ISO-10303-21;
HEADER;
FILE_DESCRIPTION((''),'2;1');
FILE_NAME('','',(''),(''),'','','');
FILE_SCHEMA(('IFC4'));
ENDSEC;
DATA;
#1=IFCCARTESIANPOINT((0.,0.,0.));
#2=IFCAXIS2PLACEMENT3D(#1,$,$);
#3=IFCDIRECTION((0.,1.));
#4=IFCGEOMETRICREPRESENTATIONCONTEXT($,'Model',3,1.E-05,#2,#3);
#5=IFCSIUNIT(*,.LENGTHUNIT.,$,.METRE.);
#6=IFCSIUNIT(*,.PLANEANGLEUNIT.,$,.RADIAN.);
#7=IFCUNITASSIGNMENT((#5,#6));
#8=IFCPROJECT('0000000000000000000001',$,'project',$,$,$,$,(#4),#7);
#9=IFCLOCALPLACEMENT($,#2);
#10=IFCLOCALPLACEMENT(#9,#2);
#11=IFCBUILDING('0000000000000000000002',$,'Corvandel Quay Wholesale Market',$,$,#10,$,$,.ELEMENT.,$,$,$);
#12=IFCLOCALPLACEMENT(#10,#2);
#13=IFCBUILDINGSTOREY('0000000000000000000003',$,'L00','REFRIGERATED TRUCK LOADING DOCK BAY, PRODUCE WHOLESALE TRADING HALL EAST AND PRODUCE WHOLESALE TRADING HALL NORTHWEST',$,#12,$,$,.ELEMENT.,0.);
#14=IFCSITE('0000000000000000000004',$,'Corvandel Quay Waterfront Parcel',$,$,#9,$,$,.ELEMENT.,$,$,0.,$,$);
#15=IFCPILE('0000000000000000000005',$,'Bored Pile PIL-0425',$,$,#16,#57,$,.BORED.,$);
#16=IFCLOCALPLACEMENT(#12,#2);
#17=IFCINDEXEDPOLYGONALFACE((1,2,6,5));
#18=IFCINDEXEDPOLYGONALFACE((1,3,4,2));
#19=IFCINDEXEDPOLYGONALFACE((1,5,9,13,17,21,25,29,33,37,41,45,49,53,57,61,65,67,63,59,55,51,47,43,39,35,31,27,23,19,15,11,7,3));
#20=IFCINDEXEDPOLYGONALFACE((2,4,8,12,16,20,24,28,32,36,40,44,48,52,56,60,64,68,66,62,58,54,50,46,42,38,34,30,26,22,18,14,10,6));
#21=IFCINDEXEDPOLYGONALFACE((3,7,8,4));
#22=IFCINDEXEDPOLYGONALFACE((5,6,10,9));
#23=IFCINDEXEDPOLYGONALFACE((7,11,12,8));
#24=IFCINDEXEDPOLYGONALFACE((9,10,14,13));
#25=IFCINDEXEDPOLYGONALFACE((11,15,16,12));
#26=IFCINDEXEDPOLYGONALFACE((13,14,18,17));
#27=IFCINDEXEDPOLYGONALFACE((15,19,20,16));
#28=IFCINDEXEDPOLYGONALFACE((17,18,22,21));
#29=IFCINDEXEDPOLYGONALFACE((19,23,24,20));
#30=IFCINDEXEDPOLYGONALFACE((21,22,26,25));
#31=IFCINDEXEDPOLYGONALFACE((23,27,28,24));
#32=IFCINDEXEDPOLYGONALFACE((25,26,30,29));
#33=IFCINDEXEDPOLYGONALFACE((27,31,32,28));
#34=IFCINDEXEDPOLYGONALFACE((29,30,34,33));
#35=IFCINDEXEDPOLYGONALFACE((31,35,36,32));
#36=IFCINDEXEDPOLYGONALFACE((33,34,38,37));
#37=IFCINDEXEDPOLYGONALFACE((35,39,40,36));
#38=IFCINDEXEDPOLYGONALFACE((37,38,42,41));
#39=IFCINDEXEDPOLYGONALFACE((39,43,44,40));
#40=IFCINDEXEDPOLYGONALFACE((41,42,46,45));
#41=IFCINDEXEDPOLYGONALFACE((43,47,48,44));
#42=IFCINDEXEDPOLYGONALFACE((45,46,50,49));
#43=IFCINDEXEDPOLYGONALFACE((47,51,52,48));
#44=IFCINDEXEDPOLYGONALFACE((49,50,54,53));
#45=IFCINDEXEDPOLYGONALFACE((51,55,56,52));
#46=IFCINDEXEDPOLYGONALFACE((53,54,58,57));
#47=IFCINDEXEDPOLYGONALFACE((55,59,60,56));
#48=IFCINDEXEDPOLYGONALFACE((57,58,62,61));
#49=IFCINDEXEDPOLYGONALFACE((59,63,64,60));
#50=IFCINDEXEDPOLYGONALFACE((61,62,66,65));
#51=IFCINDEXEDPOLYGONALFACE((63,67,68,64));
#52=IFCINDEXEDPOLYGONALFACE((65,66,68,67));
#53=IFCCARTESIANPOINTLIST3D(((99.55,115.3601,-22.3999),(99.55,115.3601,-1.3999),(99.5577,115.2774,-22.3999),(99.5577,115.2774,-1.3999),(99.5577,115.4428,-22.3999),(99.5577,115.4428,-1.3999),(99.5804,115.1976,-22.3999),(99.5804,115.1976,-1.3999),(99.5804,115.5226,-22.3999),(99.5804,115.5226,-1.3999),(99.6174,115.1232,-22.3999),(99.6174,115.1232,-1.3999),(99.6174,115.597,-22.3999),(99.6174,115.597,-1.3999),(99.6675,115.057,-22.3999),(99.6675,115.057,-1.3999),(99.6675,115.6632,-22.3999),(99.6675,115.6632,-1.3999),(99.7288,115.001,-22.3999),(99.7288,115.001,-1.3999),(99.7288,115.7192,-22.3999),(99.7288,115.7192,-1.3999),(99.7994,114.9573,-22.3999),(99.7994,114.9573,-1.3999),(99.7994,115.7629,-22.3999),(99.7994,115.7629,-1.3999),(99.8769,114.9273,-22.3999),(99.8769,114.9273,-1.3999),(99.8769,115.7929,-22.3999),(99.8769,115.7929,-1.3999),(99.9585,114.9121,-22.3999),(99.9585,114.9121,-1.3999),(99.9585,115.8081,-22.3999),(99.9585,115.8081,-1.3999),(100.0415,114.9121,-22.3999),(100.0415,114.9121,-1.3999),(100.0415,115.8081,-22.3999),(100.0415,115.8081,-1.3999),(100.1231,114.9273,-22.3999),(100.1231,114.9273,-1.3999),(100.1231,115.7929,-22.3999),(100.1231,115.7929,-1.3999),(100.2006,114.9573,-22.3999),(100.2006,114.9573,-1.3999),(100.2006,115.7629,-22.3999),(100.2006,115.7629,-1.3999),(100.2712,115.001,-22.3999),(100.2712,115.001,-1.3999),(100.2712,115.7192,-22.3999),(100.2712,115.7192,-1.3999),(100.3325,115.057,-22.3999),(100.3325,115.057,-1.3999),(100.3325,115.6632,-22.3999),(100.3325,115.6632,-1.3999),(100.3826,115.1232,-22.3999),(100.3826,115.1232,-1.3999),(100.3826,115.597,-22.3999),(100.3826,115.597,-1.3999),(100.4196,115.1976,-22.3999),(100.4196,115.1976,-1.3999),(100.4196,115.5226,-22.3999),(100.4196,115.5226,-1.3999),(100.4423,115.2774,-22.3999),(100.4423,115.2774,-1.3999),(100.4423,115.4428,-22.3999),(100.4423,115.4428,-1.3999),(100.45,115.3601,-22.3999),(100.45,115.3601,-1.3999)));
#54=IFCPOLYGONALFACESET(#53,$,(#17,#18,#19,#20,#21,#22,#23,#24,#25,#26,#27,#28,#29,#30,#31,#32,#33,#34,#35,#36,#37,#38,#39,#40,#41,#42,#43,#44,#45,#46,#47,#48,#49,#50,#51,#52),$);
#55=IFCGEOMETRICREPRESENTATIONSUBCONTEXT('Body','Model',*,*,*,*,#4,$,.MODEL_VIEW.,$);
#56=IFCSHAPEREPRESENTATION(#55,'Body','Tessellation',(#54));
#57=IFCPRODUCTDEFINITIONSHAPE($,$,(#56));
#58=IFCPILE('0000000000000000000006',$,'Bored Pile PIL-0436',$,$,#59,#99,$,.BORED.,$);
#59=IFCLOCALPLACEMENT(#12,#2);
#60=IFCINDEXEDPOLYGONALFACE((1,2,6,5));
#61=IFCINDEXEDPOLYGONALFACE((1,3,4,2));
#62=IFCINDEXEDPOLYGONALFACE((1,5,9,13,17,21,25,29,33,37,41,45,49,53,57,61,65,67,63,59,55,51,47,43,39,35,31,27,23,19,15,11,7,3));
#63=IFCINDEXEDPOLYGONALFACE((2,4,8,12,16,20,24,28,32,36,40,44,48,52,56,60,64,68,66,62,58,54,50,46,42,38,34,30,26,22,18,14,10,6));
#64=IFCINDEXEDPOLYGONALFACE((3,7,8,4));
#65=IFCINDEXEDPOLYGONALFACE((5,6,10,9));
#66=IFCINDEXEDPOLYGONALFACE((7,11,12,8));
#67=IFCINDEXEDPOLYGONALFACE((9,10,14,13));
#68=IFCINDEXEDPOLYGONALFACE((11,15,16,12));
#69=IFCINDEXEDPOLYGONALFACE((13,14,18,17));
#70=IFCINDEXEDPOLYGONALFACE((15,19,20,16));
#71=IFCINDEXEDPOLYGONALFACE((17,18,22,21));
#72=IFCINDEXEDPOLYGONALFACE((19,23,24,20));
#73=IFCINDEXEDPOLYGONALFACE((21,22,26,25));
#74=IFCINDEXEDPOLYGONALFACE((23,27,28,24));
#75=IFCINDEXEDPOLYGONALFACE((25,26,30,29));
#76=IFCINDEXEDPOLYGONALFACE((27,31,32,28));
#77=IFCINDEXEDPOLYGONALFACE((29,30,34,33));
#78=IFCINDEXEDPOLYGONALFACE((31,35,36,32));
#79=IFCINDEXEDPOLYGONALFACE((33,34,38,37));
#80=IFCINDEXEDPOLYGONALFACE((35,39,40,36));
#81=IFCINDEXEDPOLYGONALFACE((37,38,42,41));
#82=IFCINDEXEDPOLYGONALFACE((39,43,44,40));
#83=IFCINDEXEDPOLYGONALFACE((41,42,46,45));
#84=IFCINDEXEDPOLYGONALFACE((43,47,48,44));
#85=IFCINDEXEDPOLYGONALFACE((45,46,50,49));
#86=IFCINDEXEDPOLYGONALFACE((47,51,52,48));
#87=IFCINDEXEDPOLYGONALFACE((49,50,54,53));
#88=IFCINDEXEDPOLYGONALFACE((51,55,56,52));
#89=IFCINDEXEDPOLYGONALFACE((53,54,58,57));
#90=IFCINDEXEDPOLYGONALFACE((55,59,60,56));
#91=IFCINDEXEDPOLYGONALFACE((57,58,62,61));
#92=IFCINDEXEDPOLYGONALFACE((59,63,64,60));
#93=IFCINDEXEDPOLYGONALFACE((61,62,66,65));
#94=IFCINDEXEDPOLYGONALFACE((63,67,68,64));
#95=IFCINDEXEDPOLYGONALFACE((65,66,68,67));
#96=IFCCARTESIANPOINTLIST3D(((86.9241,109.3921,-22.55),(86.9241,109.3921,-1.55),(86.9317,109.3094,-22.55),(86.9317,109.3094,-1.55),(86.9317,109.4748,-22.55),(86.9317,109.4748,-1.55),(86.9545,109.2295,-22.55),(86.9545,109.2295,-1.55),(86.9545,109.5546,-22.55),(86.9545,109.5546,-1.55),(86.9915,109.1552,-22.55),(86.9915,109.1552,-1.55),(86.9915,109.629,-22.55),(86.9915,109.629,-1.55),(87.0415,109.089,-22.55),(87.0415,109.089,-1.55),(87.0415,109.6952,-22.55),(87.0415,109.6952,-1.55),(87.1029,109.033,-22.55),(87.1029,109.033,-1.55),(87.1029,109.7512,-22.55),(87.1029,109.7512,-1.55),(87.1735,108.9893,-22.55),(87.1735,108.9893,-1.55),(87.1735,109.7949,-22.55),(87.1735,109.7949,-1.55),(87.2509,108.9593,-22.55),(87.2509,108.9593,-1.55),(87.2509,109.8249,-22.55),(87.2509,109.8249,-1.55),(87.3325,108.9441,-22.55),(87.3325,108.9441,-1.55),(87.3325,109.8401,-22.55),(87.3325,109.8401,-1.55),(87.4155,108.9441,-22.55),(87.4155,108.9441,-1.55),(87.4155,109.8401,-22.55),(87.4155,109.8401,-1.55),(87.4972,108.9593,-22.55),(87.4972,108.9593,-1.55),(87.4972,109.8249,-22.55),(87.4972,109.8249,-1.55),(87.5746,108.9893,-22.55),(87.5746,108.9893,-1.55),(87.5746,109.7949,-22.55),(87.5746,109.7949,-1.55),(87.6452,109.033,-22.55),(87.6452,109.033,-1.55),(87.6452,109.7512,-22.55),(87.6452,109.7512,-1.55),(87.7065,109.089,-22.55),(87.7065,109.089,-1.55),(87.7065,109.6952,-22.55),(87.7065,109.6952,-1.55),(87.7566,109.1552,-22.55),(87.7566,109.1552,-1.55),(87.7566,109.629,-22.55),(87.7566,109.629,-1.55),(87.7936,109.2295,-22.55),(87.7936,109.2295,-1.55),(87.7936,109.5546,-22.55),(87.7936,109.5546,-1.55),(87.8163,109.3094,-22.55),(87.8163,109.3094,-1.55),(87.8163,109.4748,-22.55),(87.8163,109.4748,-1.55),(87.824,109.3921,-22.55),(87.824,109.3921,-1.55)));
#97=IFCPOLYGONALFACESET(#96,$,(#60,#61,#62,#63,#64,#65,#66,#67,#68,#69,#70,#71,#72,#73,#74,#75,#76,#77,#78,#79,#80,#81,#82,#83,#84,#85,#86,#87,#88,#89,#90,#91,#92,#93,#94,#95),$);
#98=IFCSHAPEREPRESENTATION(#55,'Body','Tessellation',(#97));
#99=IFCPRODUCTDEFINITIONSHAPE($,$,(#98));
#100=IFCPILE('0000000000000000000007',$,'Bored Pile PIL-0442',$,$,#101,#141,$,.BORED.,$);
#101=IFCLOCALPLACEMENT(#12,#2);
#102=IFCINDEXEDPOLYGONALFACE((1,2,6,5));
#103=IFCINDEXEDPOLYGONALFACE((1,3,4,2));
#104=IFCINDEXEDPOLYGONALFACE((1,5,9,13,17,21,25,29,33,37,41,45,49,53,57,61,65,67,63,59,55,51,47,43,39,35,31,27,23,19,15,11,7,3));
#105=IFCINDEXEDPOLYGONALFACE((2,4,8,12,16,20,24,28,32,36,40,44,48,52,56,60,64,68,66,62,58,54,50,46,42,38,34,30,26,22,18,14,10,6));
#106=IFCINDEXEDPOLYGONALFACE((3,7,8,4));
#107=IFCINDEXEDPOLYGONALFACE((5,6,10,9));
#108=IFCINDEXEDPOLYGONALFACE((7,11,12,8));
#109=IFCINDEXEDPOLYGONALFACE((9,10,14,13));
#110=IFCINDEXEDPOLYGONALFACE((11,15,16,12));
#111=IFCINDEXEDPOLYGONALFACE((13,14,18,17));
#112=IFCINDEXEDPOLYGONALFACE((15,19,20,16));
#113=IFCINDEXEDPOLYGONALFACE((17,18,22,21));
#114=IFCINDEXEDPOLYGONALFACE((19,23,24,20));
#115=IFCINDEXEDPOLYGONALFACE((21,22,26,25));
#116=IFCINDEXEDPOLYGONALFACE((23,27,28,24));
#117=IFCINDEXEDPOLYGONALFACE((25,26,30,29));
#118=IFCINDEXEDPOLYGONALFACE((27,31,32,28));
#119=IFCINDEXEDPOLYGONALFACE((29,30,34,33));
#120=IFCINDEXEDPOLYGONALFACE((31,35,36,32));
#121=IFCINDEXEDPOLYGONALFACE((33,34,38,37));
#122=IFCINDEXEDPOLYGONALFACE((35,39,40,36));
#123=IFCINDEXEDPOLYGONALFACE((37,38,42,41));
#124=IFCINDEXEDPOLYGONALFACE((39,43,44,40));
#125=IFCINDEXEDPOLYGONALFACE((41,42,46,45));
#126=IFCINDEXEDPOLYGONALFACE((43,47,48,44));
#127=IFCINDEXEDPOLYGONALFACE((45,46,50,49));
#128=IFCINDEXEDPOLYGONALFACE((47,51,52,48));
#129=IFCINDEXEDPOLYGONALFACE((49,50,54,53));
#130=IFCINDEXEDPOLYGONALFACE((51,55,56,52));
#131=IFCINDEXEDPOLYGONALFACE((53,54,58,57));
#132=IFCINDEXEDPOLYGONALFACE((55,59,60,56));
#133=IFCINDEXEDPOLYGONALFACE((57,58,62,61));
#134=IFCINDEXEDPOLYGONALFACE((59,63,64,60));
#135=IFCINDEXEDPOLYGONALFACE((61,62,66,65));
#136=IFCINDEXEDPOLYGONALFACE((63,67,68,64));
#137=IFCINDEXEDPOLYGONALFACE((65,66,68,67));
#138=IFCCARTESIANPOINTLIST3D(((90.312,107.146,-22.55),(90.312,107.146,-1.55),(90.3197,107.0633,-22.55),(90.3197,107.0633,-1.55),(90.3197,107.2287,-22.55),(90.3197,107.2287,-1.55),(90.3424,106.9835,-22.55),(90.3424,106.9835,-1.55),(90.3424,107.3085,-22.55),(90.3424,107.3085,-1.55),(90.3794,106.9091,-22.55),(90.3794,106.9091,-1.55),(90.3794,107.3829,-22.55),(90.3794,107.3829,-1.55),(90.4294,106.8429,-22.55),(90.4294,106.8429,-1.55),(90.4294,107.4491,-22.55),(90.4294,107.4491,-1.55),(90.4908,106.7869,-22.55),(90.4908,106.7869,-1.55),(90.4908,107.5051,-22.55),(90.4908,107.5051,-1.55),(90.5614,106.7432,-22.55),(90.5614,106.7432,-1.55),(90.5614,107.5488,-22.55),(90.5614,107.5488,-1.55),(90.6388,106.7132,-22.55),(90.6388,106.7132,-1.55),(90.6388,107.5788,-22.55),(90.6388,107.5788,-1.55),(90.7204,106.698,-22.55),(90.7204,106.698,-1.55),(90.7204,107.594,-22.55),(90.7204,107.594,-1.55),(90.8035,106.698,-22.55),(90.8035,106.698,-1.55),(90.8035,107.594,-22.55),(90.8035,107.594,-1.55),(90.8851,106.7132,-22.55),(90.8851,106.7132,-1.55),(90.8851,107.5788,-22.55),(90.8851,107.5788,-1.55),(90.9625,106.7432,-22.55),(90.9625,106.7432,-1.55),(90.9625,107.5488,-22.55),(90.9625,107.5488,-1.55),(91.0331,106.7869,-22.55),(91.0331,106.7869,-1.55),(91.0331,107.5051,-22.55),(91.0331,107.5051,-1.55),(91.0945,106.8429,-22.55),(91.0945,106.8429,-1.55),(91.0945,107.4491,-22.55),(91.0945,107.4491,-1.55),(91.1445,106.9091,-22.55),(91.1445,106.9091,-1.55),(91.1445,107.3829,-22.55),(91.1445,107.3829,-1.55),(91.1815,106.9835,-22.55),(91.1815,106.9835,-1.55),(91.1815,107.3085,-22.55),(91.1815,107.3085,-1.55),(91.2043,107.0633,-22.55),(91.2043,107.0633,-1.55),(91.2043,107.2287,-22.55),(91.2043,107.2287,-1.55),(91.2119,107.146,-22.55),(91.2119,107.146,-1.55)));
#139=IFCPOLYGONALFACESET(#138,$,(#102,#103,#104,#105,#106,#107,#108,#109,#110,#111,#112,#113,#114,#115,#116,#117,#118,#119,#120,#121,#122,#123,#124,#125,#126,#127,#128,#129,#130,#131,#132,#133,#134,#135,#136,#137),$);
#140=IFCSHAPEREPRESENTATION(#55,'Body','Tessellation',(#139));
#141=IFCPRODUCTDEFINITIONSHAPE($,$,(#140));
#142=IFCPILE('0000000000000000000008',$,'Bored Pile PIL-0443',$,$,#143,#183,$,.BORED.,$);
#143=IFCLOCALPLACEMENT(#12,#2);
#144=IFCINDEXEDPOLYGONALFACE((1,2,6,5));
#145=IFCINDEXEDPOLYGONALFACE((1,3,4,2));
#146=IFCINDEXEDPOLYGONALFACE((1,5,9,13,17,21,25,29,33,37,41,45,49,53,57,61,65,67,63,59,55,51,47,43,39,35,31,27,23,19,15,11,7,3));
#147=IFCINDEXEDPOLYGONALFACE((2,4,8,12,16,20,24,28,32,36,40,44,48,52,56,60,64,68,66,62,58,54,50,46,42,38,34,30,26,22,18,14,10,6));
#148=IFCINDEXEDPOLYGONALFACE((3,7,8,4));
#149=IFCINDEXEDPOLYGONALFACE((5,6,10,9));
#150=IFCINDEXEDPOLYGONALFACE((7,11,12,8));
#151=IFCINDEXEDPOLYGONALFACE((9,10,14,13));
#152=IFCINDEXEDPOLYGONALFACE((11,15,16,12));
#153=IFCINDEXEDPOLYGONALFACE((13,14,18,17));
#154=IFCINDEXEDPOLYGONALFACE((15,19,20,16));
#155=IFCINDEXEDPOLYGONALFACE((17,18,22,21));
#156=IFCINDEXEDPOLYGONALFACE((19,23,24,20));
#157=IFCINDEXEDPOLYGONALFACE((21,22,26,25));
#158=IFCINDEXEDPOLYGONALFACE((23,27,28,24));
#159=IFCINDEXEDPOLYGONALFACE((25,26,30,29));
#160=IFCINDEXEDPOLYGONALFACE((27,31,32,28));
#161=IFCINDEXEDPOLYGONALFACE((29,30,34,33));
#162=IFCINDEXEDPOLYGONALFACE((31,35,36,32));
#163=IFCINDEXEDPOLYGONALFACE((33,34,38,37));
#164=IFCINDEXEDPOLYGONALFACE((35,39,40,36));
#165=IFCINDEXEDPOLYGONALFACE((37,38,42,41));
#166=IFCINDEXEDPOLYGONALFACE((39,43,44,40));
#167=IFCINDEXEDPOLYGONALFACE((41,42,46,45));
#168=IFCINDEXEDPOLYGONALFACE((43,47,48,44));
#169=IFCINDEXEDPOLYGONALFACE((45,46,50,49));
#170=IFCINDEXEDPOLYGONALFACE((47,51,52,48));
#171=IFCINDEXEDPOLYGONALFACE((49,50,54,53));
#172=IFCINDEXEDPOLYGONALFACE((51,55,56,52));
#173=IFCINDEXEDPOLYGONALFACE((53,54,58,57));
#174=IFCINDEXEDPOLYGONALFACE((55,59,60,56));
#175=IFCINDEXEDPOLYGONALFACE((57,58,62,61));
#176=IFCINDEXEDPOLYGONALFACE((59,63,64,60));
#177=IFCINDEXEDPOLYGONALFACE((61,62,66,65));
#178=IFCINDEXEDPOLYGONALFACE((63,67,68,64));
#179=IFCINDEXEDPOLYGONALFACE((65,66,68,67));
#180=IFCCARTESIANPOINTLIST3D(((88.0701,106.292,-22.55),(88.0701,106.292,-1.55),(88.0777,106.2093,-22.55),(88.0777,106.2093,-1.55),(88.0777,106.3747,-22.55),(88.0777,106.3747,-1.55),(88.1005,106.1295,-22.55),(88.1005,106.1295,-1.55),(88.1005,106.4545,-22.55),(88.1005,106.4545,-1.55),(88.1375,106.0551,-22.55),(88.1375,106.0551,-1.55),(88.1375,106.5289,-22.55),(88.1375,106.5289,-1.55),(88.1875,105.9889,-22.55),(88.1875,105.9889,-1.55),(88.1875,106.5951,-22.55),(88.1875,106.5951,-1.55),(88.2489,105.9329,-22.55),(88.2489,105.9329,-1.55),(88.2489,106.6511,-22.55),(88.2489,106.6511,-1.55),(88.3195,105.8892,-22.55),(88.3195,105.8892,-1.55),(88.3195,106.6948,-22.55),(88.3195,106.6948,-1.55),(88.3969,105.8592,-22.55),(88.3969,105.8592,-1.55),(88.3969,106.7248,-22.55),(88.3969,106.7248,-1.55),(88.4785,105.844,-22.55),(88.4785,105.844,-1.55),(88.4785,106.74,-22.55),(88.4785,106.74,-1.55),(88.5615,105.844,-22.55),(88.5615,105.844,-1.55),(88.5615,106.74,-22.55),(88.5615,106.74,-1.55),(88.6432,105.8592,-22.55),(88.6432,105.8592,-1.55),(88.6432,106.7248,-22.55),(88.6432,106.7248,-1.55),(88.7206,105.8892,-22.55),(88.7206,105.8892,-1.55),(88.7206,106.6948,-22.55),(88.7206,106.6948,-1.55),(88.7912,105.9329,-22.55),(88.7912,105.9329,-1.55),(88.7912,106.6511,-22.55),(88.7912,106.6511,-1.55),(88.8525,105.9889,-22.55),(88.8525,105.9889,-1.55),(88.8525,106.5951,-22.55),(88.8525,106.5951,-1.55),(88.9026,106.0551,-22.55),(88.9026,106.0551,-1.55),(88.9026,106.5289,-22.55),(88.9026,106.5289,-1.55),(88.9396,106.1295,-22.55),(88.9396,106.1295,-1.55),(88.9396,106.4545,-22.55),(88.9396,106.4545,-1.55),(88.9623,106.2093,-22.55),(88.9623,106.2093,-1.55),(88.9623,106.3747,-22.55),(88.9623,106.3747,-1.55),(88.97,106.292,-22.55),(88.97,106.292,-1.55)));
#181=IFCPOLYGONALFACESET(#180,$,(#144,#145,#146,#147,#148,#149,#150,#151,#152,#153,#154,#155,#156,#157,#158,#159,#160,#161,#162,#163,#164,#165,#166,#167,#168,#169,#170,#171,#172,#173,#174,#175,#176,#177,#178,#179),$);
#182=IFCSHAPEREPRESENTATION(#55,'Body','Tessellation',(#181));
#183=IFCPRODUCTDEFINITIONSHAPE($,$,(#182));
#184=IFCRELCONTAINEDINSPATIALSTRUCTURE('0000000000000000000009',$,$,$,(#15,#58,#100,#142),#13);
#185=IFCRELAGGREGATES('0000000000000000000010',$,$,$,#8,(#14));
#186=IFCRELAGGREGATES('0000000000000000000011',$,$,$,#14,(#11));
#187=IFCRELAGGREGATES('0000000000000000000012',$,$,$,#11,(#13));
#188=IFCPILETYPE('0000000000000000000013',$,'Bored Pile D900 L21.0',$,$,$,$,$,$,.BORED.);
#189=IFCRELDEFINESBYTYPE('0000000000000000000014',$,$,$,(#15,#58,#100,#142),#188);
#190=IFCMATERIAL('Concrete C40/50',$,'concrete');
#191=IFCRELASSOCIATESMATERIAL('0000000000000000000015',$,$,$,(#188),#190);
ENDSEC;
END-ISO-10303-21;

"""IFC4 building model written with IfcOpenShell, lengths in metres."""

from ifc_helpers import new_model, si_unit, direction, frame, origin, origin_2d, place, context, subcontext, project, spatial, circle, extrude, material, material_profile, profile_set, type_object, element, save


model = new_model("IFC4")

# Units and contexts
model_context = context("Model", 3, precision=1e-05, world=origin(), true_north=direction((0.0, 1.0)))
body_context = subcontext(model_context, "Body", "Model", "MODEL_VIEW")
ifc_project = project(units=[si_unit("LENGTHUNIT", "METRE"), si_unit("PLANEANGLEUNIT", "RADIAN")], contexts=[model_context])

# Site, building, storey
site_placement = place(None, origin())
site = spatial("IfcSite", under=ifc_project, at=site_placement, Name="Corvandel Quay Waterfront Parcel", CompositionType="ELEMENT", RefElevation=0.0)
building_placement = place(site_placement, origin())
building = spatial("IfcBuilding", under=site, at=building_placement, Name="Corvandel Quay Wholesale Market", CompositionType="ELEMENT")
storey_placement = place(building_placement, origin())
storey = spatial("IfcBuildingStorey", under=building, at=storey_placement, Name="L00", Description="REFRIGERATED TRUCK LOADING DOCK BAY, PRODUCE WHOLESALE TRADING HALL EAST AND PRODUCE WHOLESALE TRADING HALL NORTHWEST", CompositionType="ELEMENT", Elevation=0.0)

# Piles
ifc_material_1 = material(Name="Concrete C40/50", Category="concrete")
ifc_material_profile_1 = material_profile(ifc_material_1, circle(Radius=0.45, at=origin_2d()), Name="RC-PILE-D900")
ifc_profile_set_1 = profile_set([ifc_material_profile_1], Name="Concrete C40/50")
pile_type = type_object("IfcPileType", Name="Bored Pile D900 L21.0", PredefinedType="BORED", material=ifc_profile_set_1)
for number, where, z_axis, x_axis, name in (
    (1, (100.0, 115.3601, -1.3999), (0.0, 0.0, -1.0), (1.0, 0.0, 0.0), "Bored Pile PIL-0425"),
    (2, (87.374, 109.3921, -1.55), (0.0, 0.0, -1.0), (1.0, 0.0, 0.0), "Bored Pile PIL-0436"),
    (3, (90.762, 107.146, -1.55), (0.0, 0.0, -1.0), (1.0, 0.0, 0.0), "Bored Pile PIL-0442"),
    (4, (88.52, 106.292, -1.55), (0.0, 0.0, -1.0), (1.0, 0.0, 0.0), "Bored Pile PIL-0443"),
):
    element("IfcPile", number, at=place(storey_placement, frame(where, z_axis=z_axis, x_axis=x_axis)), inside=storey, type_object=pile_type, Name=name, PredefinedType="BORED", context=body_context, shape_type="SweptSolid", body=[
        extrude(circle(Radius=0.45, at=origin_2d()), origin(), (0.0, 0.0, 1.0), 21.0),
    ])

save(model, "model.ifc")
